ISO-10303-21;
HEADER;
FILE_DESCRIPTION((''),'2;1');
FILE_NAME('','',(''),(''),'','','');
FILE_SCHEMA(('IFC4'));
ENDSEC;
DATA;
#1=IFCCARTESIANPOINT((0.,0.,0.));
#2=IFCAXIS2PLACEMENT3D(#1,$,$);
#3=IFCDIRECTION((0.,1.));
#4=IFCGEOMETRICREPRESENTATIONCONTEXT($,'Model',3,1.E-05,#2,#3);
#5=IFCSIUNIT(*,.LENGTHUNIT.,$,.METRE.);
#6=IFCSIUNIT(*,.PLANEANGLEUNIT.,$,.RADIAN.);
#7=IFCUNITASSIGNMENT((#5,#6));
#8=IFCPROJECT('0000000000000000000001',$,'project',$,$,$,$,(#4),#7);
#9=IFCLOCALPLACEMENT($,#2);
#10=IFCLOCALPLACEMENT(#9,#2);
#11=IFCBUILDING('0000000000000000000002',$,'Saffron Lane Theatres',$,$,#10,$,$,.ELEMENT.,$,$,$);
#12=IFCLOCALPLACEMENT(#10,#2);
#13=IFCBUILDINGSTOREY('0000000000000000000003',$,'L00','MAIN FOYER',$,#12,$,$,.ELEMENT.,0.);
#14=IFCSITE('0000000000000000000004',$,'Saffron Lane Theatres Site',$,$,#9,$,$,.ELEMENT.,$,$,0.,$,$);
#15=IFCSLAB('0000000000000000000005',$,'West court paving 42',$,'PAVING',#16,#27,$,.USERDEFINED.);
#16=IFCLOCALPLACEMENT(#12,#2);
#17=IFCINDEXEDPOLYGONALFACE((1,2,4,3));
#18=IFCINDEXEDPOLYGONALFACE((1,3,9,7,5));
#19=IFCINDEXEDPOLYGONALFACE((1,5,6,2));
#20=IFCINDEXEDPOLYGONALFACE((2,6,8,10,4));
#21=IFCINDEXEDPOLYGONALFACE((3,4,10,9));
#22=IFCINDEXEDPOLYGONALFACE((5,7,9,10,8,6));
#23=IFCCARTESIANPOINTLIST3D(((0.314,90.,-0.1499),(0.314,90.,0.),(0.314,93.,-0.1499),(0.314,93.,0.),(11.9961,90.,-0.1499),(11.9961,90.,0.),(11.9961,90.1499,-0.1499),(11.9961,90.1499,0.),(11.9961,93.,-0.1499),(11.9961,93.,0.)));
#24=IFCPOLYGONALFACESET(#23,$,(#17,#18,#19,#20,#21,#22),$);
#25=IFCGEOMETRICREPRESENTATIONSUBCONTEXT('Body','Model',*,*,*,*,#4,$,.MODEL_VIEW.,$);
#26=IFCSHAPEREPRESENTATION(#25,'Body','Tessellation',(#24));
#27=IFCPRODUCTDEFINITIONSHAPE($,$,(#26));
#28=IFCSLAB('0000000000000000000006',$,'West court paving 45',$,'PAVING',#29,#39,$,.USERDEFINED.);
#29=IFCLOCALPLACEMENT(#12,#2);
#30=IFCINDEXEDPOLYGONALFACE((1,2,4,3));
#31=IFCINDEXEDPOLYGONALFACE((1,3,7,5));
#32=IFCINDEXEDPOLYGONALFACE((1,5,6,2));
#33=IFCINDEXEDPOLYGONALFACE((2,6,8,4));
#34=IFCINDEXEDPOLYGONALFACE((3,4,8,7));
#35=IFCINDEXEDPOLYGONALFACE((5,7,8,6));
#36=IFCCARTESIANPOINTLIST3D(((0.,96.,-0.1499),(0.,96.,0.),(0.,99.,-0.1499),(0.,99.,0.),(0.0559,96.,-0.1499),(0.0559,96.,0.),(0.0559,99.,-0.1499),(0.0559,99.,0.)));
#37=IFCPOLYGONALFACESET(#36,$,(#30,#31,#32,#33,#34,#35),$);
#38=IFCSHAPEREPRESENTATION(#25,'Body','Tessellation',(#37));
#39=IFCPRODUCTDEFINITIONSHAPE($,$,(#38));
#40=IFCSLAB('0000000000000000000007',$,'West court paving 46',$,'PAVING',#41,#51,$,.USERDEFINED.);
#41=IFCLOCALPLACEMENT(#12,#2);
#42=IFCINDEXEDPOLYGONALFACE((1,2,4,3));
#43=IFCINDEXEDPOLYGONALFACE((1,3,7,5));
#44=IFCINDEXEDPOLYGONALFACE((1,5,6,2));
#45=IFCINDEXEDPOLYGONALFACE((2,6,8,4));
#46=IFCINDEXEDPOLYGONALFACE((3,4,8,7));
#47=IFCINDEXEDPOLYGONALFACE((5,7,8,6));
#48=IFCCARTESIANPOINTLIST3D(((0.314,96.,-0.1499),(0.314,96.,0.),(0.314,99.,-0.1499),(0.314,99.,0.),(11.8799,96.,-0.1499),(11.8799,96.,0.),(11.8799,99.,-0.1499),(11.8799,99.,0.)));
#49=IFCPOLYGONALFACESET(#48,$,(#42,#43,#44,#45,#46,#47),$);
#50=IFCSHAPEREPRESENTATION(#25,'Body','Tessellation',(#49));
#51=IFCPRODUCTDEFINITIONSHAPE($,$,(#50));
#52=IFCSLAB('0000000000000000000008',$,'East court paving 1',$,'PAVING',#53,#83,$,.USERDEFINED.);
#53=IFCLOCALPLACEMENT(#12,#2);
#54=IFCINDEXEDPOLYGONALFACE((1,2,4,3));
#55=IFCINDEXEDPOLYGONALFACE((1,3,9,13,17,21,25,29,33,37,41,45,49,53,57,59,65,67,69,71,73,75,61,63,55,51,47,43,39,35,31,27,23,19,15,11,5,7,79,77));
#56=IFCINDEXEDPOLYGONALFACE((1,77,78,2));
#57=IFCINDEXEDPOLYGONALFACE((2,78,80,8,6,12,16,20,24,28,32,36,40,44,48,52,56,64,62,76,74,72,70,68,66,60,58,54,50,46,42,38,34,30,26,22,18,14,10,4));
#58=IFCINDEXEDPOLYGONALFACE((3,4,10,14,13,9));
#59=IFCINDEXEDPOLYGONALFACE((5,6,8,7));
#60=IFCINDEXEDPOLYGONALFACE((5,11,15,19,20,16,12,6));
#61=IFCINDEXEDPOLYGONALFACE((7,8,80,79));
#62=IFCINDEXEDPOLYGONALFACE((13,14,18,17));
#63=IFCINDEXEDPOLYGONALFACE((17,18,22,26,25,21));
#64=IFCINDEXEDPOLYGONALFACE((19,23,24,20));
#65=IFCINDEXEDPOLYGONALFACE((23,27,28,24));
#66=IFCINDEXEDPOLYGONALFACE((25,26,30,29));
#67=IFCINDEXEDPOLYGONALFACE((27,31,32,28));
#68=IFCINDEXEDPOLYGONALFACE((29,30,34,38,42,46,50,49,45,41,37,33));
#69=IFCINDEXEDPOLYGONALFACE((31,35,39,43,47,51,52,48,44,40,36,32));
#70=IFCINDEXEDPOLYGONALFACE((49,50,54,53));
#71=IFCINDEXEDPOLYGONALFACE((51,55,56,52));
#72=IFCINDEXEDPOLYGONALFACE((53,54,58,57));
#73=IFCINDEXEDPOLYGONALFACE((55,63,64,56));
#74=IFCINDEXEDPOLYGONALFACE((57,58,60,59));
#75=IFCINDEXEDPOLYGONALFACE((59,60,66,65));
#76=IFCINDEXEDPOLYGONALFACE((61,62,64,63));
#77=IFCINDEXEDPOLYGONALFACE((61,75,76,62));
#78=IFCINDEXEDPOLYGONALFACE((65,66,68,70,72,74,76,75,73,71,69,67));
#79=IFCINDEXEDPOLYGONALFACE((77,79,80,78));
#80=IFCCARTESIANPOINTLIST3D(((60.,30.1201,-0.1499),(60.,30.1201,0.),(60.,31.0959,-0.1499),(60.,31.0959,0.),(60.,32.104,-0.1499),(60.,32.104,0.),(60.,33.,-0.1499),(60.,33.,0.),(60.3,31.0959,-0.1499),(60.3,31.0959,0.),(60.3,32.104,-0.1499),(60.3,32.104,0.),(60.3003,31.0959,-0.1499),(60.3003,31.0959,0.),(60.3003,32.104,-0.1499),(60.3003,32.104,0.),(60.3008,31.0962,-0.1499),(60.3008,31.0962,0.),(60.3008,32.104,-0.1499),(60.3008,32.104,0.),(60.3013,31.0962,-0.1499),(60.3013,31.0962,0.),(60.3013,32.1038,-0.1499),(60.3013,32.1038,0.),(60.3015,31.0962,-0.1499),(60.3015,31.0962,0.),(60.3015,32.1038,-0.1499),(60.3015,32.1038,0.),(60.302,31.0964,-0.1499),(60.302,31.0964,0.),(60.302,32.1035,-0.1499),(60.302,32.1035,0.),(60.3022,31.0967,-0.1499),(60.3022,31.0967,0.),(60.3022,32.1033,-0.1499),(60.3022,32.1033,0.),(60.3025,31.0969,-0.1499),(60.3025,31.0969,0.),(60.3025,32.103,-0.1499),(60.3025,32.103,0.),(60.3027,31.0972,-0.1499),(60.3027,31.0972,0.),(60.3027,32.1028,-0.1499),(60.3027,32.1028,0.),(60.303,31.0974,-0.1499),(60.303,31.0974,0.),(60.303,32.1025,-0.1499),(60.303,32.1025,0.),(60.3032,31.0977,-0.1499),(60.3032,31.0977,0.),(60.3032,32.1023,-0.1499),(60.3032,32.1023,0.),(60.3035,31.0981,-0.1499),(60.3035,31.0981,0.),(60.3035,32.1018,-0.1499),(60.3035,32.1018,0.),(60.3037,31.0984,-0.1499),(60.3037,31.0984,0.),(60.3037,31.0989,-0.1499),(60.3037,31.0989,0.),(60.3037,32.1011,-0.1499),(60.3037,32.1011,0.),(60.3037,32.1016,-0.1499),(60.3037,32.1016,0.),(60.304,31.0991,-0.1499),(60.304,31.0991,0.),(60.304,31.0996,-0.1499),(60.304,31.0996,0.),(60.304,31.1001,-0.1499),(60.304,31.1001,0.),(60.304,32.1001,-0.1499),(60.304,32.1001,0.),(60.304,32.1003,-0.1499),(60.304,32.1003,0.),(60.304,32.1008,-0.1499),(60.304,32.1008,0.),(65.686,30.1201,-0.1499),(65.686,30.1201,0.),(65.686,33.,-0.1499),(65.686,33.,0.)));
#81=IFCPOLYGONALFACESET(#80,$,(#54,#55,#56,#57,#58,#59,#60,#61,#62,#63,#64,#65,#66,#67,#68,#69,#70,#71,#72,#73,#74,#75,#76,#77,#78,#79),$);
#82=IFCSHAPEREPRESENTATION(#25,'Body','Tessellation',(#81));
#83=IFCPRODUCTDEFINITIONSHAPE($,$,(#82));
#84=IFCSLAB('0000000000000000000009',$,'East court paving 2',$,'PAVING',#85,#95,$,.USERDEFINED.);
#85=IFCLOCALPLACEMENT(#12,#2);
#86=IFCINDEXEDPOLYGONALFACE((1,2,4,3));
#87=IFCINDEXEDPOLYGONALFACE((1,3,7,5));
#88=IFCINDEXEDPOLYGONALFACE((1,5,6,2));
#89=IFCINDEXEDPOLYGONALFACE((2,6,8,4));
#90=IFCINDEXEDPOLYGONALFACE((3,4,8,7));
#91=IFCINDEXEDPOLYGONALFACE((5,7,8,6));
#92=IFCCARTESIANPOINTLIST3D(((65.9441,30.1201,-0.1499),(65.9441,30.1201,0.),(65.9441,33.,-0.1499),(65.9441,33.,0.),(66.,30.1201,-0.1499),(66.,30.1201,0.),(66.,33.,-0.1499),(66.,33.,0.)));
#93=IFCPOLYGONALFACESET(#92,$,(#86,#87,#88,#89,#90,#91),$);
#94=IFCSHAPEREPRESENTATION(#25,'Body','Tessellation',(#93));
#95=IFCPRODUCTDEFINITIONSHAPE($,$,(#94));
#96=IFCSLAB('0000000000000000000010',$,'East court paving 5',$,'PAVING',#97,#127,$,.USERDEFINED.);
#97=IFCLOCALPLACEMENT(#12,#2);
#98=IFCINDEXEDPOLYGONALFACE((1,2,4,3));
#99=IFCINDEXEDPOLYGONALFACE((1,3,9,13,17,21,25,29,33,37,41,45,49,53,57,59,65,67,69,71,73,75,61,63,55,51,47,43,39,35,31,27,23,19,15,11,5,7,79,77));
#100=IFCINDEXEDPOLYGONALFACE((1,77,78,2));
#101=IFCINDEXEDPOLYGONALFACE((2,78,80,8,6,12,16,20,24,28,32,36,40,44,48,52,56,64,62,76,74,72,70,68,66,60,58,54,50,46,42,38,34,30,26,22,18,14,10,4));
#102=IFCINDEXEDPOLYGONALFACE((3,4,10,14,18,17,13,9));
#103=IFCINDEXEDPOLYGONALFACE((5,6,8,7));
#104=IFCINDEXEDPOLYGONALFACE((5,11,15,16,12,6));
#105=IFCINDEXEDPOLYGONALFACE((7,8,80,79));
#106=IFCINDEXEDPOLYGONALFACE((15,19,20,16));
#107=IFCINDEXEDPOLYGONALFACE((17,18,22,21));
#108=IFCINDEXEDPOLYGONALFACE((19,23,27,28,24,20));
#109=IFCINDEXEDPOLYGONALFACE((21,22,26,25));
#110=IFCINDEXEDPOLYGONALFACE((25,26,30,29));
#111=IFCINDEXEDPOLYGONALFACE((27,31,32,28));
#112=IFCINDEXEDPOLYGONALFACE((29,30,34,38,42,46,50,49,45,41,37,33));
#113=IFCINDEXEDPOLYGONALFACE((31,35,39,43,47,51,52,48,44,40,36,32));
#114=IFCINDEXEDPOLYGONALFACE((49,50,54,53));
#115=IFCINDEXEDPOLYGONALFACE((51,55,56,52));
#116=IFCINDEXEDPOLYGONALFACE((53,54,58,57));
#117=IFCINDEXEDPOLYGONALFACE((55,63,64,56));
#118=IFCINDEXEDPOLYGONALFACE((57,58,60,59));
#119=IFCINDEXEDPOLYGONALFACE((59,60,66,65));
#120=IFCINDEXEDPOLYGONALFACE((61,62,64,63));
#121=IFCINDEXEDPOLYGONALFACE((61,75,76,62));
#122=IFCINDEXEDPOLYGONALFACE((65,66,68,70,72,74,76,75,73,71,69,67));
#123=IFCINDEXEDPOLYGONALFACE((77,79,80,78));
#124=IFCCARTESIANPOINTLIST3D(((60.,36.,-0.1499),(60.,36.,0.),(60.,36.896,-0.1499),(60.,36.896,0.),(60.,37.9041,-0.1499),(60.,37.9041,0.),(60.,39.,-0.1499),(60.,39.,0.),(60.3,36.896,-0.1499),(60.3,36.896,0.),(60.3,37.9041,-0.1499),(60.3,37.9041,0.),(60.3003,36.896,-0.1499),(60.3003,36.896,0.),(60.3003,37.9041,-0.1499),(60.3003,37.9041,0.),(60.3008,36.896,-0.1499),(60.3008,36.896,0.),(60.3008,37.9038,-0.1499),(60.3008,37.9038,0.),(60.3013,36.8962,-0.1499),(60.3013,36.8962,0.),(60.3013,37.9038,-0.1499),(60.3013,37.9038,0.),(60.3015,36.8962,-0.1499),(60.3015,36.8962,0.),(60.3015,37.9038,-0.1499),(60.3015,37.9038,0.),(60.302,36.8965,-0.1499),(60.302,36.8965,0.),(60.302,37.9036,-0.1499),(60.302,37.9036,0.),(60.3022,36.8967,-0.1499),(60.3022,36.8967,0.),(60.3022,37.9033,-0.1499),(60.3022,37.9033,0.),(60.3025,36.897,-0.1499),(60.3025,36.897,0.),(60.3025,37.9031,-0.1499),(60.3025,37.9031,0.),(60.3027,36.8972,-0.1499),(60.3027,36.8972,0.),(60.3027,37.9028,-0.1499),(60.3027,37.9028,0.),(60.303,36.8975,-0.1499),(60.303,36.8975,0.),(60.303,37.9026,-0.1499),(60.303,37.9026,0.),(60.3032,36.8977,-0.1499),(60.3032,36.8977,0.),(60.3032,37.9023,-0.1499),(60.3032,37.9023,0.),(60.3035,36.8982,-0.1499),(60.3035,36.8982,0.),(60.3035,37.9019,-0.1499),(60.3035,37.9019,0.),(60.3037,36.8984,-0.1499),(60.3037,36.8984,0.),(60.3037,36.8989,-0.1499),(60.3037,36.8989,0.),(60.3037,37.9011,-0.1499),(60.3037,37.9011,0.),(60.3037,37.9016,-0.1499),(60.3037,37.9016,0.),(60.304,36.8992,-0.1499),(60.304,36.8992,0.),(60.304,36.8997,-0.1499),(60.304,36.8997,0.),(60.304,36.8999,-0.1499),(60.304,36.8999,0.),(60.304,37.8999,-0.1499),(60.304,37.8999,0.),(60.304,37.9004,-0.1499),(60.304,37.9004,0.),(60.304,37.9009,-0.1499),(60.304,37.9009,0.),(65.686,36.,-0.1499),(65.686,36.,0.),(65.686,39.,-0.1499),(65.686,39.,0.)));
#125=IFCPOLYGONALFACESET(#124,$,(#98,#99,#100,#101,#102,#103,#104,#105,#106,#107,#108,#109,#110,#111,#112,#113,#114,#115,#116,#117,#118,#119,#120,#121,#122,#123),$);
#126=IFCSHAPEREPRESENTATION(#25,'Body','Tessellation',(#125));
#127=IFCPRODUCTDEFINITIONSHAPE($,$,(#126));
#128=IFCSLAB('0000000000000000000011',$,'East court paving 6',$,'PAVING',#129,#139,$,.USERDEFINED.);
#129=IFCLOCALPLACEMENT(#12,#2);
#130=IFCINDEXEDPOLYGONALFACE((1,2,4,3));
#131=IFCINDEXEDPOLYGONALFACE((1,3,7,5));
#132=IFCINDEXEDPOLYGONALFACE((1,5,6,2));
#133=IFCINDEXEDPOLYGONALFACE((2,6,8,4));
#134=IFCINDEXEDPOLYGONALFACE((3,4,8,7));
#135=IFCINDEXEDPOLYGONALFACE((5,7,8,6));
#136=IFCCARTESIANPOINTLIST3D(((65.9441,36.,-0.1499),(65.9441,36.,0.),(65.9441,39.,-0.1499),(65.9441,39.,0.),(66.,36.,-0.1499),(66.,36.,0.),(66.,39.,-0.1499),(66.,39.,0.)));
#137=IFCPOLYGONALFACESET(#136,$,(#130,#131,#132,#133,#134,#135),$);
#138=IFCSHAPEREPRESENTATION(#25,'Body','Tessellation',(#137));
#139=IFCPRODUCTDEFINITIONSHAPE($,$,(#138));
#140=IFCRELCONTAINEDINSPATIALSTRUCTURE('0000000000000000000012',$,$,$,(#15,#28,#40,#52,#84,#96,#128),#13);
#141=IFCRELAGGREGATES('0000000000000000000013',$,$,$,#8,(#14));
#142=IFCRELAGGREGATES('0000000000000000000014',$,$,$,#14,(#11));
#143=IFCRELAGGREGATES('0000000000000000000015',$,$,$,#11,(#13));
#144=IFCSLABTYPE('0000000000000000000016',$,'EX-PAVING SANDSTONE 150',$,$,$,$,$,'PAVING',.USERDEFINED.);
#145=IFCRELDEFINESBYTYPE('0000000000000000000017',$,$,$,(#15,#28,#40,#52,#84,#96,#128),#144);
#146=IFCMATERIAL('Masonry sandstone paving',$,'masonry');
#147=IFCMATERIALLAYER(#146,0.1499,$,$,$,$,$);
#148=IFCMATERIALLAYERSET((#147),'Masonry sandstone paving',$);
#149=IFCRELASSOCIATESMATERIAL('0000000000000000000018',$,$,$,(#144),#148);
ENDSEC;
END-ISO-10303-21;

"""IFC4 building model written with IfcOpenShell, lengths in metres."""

from ifc_helpers import new_model, si_unit, direction, frame, origin, place, context, subcontext, project, spatial, polyline, outline, extrude, material, layer, layer_set, type_object, element, save


model = new_model("IFC4")

# Units and contexts
model_context = context("Model", 3, precision=1e-05, world=origin(), true_north=direction((0.0, 1.0)))
body_context = subcontext(model_context, "Body", "Model", "MODEL_VIEW")
ifc_project = project(units=[si_unit("LENGTHUNIT", "METRE"), si_unit("PLANEANGLEUNIT", "RADIAN")], contexts=[model_context])

# Site, building, storey
site_placement = place(None, origin())
site = spatial("IfcSite", under=ifc_project, at=site_placement, Name="Saffron Lane Theatres Site", CompositionType="ELEMENT", RefElevation=0.0)
building_placement = place(site_placement, origin())
building = spatial("IfcBuilding", under=site, at=building_placement, Name="Saffron Lane Theatres", CompositionType="ELEMENT")
storey_placement = place(building_placement, origin())
storey = spatial("IfcBuildingStorey", under=building, at=storey_placement, Name="L00", Description="MAIN FOYER", CompositionType="ELEMENT", Elevation=0.0)

# Slabs
ifc_material_1 = material(Name="Masonry sandstone paving", Category="masonry")
ifc_layer_1 = layer(ifc_material_1, 0.1499)
ifc_layer_set_1 = layer_set([ifc_layer_1], Name="Masonry sandstone paving")
slab_type_1 = type_object("IfcSlabType", Name="EX-PAVING SANDSTONE 150", ElementType="PAVING", PredefinedType="USERDEFINED", material=ifc_layer_set_1)
slab_1_placement = place(storey_placement, frame((0.0, 0.0, -0.1499)))
element("IfcSlab", 1, at=slab_1_placement, inside=storey, type_object=slab_type_1, Name="West court paving 42", ObjectType="PAVING", PredefinedType="USERDEFINED", context=body_context, shape_type="SweptSolid", body=[
    extrude(outline(polyline([(11.9961, 90.1499), (11.9961, 93.0), (0.314, 93.0), (0.314, 90.0), (11.9961, 90.0), (11.9961, 90.1499)])), origin(), (0.0, 0.0, 1.0), 0.1499),
])
slab_2_placement = place(storey_placement, frame((0.0, 0.0, -0.1499)))
element("IfcSlab", 2, at=slab_2_placement, inside=storey, type_object=slab_type_1, Name="West court paving 45", ObjectType="PAVING", PredefinedType="USERDEFINED", context=body_context, shape_type="SweptSolid", body=[
    extrude(outline(polyline([(0.0559, 96.0), (0.0559, 99.0), (0.0, 99.0), (0.0, 96.0), (0.0559, 96.0)])), origin(), (0.0, 0.0, 1.0), 0.1499),
])
slab_3_placement = place(storey_placement, frame((0.0, 0.0, -0.1499)))
element("IfcSlab", 3, at=slab_3_placement, inside=storey, type_object=slab_type_1, Name="West court paving 46", ObjectType="PAVING", PredefinedType="USERDEFINED", context=body_context, shape_type="SweptSolid", body=[
    extrude(outline(polyline([(0.314, 99.0), (0.314, 96.0), (11.8799, 96.0), (11.8799, 99.0), (0.314, 99.0)])), origin(), (0.0, 0.0, 1.0), 0.1499),
])
slab_4_placement = place(storey_placement, frame((0.0, 0.0, -0.1499)))
element("IfcSlab", 4, at=slab_4_placement, inside=storey, type_object=slab_type_1, Name="East court paving 1", ObjectType="PAVING", PredefinedType="USERDEFINED", context=body_context, shape_type="SweptSolid", body=[
    extrude(outline(polyline([(60.3013, 31.0962), (60.3008, 31.0962), (60.3003, 31.0959), (60.3, 31.0959), (60.0, 31.0959), (60.0, 30.1201), (65.686, 30.1201), (65.686, 33.0), (60.0, 33.0), (60.0, 32.104), (60.3, 32.104), (60.3003, 32.104), (60.3008, 32.104), (60.3013, 32.1038), (60.3015, 32.1038), (60.302, 32.1035), (60.3022, 32.1033), (60.3025, 32.103), (60.3027, 32.1028), (60.303, 32.1025), (60.3032, 32.1023), (60.3035, 32.1018), (60.3037, 32.1016), (60.3037, 32.1011), (60.304, 32.1008), (60.304, 32.1003), (60.304, 32.1001), (60.304, 31.1001), (60.304, 31.0996), (60.304, 31.0991), (60.3037, 31.0989), (60.3037, 31.0984), (60.3035, 31.0981), (60.3032, 31.0977), (60.303, 31.0974), (60.3027, 31.0972), (60.3025, 31.0969), (60.3022, 31.0967), (60.302, 31.0964), (60.3015, 31.0962), (60.3013, 31.0962)])), origin(), (0.0, 0.0, 1.0), 0.1499),
])
slab_5_placement = place(storey_placement, frame((0.0, 0.0, -0.1499)))
element("IfcSlab", 5, at=slab_5_placement, inside=storey, type_object=slab_type_1, Name="East court paving 2", ObjectType="PAVING", PredefinedType="USERDEFINED", context=body_context, shape_type="SweptSolid", body=[
    extrude(outline(polyline([(66.0, 30.1201), (66.0, 33.0), (65.9441, 33.0), (65.9441, 30.1201), (66.0, 30.1201)])), origin(), (0.0, 0.0, 1.0), 0.1499),
])
slab_6_placement = place(storey_placement, frame((0.0, 0.0, -0.1499)))
element("IfcSlab", 6, at=slab_6_placement, inside=storey, type_object=slab_type_1, Name="East court paving 5", ObjectType="PAVING", PredefinedType="USERDEFINED", context=body_context, shape_type="SweptSolid", body=[
    extrude(outline(polyline([(60.0, 36.896), (60.0, 36.0), (65.686, 36.0), (65.686, 39.0), (60.0, 39.0), (60.0, 37.9041), (60.3, 37.9041), (60.3003, 37.9041), (60.3008, 37.9038), (60.3013, 37.9038), (60.3015, 37.9038), (60.302, 37.9036), (60.3022, 37.9033), (60.3025, 37.9031), (60.3027, 37.9028), (60.303, 37.9026), (60.3032, 37.9023), (60.3035, 37.9019), (60.3037, 37.9016), (60.3037, 37.9011), (60.304, 37.9009), (60.304, 37.9004), (60.304, 37.8999), (60.304, 36.8999), (60.304, 36.8997), (60.304, 36.8992), (60.3037, 36.8989), (60.3037, 36.8984), (60.3035, 36.8982), (60.3032, 36.8977), (60.303, 36.8975), (60.3027, 36.8972), (60.3025, 36.897), (60.3022, 36.8967), (60.302, 36.8965), (60.3015, 36.8962), (60.3013, 36.8962), (60.3008, 36.896), (60.3003, 36.896), (60.3, 36.896), (60.0, 36.896)])), origin(), (0.0, 0.0, 1.0), 0.1499),
])
slab_7_placement = place(storey_placement, frame((0.0, 0.0, -0.1499)))
element("IfcSlab", 7, at=slab_7_placement, inside=storey, type_object=slab_type_1, Name="East court paving 6", ObjectType="PAVING", PredefinedType="USERDEFINED", context=body_context, shape_type="SweptSolid", body=[
    extrude(outline(polyline([(66.0, 36.0), (66.0, 39.0), (65.9441, 39.0), (65.9441, 36.0), (66.0, 36.0)])), origin(), (0.0, 0.0, 1.0), 0.1499),
])

save(model, "model.ifc")
